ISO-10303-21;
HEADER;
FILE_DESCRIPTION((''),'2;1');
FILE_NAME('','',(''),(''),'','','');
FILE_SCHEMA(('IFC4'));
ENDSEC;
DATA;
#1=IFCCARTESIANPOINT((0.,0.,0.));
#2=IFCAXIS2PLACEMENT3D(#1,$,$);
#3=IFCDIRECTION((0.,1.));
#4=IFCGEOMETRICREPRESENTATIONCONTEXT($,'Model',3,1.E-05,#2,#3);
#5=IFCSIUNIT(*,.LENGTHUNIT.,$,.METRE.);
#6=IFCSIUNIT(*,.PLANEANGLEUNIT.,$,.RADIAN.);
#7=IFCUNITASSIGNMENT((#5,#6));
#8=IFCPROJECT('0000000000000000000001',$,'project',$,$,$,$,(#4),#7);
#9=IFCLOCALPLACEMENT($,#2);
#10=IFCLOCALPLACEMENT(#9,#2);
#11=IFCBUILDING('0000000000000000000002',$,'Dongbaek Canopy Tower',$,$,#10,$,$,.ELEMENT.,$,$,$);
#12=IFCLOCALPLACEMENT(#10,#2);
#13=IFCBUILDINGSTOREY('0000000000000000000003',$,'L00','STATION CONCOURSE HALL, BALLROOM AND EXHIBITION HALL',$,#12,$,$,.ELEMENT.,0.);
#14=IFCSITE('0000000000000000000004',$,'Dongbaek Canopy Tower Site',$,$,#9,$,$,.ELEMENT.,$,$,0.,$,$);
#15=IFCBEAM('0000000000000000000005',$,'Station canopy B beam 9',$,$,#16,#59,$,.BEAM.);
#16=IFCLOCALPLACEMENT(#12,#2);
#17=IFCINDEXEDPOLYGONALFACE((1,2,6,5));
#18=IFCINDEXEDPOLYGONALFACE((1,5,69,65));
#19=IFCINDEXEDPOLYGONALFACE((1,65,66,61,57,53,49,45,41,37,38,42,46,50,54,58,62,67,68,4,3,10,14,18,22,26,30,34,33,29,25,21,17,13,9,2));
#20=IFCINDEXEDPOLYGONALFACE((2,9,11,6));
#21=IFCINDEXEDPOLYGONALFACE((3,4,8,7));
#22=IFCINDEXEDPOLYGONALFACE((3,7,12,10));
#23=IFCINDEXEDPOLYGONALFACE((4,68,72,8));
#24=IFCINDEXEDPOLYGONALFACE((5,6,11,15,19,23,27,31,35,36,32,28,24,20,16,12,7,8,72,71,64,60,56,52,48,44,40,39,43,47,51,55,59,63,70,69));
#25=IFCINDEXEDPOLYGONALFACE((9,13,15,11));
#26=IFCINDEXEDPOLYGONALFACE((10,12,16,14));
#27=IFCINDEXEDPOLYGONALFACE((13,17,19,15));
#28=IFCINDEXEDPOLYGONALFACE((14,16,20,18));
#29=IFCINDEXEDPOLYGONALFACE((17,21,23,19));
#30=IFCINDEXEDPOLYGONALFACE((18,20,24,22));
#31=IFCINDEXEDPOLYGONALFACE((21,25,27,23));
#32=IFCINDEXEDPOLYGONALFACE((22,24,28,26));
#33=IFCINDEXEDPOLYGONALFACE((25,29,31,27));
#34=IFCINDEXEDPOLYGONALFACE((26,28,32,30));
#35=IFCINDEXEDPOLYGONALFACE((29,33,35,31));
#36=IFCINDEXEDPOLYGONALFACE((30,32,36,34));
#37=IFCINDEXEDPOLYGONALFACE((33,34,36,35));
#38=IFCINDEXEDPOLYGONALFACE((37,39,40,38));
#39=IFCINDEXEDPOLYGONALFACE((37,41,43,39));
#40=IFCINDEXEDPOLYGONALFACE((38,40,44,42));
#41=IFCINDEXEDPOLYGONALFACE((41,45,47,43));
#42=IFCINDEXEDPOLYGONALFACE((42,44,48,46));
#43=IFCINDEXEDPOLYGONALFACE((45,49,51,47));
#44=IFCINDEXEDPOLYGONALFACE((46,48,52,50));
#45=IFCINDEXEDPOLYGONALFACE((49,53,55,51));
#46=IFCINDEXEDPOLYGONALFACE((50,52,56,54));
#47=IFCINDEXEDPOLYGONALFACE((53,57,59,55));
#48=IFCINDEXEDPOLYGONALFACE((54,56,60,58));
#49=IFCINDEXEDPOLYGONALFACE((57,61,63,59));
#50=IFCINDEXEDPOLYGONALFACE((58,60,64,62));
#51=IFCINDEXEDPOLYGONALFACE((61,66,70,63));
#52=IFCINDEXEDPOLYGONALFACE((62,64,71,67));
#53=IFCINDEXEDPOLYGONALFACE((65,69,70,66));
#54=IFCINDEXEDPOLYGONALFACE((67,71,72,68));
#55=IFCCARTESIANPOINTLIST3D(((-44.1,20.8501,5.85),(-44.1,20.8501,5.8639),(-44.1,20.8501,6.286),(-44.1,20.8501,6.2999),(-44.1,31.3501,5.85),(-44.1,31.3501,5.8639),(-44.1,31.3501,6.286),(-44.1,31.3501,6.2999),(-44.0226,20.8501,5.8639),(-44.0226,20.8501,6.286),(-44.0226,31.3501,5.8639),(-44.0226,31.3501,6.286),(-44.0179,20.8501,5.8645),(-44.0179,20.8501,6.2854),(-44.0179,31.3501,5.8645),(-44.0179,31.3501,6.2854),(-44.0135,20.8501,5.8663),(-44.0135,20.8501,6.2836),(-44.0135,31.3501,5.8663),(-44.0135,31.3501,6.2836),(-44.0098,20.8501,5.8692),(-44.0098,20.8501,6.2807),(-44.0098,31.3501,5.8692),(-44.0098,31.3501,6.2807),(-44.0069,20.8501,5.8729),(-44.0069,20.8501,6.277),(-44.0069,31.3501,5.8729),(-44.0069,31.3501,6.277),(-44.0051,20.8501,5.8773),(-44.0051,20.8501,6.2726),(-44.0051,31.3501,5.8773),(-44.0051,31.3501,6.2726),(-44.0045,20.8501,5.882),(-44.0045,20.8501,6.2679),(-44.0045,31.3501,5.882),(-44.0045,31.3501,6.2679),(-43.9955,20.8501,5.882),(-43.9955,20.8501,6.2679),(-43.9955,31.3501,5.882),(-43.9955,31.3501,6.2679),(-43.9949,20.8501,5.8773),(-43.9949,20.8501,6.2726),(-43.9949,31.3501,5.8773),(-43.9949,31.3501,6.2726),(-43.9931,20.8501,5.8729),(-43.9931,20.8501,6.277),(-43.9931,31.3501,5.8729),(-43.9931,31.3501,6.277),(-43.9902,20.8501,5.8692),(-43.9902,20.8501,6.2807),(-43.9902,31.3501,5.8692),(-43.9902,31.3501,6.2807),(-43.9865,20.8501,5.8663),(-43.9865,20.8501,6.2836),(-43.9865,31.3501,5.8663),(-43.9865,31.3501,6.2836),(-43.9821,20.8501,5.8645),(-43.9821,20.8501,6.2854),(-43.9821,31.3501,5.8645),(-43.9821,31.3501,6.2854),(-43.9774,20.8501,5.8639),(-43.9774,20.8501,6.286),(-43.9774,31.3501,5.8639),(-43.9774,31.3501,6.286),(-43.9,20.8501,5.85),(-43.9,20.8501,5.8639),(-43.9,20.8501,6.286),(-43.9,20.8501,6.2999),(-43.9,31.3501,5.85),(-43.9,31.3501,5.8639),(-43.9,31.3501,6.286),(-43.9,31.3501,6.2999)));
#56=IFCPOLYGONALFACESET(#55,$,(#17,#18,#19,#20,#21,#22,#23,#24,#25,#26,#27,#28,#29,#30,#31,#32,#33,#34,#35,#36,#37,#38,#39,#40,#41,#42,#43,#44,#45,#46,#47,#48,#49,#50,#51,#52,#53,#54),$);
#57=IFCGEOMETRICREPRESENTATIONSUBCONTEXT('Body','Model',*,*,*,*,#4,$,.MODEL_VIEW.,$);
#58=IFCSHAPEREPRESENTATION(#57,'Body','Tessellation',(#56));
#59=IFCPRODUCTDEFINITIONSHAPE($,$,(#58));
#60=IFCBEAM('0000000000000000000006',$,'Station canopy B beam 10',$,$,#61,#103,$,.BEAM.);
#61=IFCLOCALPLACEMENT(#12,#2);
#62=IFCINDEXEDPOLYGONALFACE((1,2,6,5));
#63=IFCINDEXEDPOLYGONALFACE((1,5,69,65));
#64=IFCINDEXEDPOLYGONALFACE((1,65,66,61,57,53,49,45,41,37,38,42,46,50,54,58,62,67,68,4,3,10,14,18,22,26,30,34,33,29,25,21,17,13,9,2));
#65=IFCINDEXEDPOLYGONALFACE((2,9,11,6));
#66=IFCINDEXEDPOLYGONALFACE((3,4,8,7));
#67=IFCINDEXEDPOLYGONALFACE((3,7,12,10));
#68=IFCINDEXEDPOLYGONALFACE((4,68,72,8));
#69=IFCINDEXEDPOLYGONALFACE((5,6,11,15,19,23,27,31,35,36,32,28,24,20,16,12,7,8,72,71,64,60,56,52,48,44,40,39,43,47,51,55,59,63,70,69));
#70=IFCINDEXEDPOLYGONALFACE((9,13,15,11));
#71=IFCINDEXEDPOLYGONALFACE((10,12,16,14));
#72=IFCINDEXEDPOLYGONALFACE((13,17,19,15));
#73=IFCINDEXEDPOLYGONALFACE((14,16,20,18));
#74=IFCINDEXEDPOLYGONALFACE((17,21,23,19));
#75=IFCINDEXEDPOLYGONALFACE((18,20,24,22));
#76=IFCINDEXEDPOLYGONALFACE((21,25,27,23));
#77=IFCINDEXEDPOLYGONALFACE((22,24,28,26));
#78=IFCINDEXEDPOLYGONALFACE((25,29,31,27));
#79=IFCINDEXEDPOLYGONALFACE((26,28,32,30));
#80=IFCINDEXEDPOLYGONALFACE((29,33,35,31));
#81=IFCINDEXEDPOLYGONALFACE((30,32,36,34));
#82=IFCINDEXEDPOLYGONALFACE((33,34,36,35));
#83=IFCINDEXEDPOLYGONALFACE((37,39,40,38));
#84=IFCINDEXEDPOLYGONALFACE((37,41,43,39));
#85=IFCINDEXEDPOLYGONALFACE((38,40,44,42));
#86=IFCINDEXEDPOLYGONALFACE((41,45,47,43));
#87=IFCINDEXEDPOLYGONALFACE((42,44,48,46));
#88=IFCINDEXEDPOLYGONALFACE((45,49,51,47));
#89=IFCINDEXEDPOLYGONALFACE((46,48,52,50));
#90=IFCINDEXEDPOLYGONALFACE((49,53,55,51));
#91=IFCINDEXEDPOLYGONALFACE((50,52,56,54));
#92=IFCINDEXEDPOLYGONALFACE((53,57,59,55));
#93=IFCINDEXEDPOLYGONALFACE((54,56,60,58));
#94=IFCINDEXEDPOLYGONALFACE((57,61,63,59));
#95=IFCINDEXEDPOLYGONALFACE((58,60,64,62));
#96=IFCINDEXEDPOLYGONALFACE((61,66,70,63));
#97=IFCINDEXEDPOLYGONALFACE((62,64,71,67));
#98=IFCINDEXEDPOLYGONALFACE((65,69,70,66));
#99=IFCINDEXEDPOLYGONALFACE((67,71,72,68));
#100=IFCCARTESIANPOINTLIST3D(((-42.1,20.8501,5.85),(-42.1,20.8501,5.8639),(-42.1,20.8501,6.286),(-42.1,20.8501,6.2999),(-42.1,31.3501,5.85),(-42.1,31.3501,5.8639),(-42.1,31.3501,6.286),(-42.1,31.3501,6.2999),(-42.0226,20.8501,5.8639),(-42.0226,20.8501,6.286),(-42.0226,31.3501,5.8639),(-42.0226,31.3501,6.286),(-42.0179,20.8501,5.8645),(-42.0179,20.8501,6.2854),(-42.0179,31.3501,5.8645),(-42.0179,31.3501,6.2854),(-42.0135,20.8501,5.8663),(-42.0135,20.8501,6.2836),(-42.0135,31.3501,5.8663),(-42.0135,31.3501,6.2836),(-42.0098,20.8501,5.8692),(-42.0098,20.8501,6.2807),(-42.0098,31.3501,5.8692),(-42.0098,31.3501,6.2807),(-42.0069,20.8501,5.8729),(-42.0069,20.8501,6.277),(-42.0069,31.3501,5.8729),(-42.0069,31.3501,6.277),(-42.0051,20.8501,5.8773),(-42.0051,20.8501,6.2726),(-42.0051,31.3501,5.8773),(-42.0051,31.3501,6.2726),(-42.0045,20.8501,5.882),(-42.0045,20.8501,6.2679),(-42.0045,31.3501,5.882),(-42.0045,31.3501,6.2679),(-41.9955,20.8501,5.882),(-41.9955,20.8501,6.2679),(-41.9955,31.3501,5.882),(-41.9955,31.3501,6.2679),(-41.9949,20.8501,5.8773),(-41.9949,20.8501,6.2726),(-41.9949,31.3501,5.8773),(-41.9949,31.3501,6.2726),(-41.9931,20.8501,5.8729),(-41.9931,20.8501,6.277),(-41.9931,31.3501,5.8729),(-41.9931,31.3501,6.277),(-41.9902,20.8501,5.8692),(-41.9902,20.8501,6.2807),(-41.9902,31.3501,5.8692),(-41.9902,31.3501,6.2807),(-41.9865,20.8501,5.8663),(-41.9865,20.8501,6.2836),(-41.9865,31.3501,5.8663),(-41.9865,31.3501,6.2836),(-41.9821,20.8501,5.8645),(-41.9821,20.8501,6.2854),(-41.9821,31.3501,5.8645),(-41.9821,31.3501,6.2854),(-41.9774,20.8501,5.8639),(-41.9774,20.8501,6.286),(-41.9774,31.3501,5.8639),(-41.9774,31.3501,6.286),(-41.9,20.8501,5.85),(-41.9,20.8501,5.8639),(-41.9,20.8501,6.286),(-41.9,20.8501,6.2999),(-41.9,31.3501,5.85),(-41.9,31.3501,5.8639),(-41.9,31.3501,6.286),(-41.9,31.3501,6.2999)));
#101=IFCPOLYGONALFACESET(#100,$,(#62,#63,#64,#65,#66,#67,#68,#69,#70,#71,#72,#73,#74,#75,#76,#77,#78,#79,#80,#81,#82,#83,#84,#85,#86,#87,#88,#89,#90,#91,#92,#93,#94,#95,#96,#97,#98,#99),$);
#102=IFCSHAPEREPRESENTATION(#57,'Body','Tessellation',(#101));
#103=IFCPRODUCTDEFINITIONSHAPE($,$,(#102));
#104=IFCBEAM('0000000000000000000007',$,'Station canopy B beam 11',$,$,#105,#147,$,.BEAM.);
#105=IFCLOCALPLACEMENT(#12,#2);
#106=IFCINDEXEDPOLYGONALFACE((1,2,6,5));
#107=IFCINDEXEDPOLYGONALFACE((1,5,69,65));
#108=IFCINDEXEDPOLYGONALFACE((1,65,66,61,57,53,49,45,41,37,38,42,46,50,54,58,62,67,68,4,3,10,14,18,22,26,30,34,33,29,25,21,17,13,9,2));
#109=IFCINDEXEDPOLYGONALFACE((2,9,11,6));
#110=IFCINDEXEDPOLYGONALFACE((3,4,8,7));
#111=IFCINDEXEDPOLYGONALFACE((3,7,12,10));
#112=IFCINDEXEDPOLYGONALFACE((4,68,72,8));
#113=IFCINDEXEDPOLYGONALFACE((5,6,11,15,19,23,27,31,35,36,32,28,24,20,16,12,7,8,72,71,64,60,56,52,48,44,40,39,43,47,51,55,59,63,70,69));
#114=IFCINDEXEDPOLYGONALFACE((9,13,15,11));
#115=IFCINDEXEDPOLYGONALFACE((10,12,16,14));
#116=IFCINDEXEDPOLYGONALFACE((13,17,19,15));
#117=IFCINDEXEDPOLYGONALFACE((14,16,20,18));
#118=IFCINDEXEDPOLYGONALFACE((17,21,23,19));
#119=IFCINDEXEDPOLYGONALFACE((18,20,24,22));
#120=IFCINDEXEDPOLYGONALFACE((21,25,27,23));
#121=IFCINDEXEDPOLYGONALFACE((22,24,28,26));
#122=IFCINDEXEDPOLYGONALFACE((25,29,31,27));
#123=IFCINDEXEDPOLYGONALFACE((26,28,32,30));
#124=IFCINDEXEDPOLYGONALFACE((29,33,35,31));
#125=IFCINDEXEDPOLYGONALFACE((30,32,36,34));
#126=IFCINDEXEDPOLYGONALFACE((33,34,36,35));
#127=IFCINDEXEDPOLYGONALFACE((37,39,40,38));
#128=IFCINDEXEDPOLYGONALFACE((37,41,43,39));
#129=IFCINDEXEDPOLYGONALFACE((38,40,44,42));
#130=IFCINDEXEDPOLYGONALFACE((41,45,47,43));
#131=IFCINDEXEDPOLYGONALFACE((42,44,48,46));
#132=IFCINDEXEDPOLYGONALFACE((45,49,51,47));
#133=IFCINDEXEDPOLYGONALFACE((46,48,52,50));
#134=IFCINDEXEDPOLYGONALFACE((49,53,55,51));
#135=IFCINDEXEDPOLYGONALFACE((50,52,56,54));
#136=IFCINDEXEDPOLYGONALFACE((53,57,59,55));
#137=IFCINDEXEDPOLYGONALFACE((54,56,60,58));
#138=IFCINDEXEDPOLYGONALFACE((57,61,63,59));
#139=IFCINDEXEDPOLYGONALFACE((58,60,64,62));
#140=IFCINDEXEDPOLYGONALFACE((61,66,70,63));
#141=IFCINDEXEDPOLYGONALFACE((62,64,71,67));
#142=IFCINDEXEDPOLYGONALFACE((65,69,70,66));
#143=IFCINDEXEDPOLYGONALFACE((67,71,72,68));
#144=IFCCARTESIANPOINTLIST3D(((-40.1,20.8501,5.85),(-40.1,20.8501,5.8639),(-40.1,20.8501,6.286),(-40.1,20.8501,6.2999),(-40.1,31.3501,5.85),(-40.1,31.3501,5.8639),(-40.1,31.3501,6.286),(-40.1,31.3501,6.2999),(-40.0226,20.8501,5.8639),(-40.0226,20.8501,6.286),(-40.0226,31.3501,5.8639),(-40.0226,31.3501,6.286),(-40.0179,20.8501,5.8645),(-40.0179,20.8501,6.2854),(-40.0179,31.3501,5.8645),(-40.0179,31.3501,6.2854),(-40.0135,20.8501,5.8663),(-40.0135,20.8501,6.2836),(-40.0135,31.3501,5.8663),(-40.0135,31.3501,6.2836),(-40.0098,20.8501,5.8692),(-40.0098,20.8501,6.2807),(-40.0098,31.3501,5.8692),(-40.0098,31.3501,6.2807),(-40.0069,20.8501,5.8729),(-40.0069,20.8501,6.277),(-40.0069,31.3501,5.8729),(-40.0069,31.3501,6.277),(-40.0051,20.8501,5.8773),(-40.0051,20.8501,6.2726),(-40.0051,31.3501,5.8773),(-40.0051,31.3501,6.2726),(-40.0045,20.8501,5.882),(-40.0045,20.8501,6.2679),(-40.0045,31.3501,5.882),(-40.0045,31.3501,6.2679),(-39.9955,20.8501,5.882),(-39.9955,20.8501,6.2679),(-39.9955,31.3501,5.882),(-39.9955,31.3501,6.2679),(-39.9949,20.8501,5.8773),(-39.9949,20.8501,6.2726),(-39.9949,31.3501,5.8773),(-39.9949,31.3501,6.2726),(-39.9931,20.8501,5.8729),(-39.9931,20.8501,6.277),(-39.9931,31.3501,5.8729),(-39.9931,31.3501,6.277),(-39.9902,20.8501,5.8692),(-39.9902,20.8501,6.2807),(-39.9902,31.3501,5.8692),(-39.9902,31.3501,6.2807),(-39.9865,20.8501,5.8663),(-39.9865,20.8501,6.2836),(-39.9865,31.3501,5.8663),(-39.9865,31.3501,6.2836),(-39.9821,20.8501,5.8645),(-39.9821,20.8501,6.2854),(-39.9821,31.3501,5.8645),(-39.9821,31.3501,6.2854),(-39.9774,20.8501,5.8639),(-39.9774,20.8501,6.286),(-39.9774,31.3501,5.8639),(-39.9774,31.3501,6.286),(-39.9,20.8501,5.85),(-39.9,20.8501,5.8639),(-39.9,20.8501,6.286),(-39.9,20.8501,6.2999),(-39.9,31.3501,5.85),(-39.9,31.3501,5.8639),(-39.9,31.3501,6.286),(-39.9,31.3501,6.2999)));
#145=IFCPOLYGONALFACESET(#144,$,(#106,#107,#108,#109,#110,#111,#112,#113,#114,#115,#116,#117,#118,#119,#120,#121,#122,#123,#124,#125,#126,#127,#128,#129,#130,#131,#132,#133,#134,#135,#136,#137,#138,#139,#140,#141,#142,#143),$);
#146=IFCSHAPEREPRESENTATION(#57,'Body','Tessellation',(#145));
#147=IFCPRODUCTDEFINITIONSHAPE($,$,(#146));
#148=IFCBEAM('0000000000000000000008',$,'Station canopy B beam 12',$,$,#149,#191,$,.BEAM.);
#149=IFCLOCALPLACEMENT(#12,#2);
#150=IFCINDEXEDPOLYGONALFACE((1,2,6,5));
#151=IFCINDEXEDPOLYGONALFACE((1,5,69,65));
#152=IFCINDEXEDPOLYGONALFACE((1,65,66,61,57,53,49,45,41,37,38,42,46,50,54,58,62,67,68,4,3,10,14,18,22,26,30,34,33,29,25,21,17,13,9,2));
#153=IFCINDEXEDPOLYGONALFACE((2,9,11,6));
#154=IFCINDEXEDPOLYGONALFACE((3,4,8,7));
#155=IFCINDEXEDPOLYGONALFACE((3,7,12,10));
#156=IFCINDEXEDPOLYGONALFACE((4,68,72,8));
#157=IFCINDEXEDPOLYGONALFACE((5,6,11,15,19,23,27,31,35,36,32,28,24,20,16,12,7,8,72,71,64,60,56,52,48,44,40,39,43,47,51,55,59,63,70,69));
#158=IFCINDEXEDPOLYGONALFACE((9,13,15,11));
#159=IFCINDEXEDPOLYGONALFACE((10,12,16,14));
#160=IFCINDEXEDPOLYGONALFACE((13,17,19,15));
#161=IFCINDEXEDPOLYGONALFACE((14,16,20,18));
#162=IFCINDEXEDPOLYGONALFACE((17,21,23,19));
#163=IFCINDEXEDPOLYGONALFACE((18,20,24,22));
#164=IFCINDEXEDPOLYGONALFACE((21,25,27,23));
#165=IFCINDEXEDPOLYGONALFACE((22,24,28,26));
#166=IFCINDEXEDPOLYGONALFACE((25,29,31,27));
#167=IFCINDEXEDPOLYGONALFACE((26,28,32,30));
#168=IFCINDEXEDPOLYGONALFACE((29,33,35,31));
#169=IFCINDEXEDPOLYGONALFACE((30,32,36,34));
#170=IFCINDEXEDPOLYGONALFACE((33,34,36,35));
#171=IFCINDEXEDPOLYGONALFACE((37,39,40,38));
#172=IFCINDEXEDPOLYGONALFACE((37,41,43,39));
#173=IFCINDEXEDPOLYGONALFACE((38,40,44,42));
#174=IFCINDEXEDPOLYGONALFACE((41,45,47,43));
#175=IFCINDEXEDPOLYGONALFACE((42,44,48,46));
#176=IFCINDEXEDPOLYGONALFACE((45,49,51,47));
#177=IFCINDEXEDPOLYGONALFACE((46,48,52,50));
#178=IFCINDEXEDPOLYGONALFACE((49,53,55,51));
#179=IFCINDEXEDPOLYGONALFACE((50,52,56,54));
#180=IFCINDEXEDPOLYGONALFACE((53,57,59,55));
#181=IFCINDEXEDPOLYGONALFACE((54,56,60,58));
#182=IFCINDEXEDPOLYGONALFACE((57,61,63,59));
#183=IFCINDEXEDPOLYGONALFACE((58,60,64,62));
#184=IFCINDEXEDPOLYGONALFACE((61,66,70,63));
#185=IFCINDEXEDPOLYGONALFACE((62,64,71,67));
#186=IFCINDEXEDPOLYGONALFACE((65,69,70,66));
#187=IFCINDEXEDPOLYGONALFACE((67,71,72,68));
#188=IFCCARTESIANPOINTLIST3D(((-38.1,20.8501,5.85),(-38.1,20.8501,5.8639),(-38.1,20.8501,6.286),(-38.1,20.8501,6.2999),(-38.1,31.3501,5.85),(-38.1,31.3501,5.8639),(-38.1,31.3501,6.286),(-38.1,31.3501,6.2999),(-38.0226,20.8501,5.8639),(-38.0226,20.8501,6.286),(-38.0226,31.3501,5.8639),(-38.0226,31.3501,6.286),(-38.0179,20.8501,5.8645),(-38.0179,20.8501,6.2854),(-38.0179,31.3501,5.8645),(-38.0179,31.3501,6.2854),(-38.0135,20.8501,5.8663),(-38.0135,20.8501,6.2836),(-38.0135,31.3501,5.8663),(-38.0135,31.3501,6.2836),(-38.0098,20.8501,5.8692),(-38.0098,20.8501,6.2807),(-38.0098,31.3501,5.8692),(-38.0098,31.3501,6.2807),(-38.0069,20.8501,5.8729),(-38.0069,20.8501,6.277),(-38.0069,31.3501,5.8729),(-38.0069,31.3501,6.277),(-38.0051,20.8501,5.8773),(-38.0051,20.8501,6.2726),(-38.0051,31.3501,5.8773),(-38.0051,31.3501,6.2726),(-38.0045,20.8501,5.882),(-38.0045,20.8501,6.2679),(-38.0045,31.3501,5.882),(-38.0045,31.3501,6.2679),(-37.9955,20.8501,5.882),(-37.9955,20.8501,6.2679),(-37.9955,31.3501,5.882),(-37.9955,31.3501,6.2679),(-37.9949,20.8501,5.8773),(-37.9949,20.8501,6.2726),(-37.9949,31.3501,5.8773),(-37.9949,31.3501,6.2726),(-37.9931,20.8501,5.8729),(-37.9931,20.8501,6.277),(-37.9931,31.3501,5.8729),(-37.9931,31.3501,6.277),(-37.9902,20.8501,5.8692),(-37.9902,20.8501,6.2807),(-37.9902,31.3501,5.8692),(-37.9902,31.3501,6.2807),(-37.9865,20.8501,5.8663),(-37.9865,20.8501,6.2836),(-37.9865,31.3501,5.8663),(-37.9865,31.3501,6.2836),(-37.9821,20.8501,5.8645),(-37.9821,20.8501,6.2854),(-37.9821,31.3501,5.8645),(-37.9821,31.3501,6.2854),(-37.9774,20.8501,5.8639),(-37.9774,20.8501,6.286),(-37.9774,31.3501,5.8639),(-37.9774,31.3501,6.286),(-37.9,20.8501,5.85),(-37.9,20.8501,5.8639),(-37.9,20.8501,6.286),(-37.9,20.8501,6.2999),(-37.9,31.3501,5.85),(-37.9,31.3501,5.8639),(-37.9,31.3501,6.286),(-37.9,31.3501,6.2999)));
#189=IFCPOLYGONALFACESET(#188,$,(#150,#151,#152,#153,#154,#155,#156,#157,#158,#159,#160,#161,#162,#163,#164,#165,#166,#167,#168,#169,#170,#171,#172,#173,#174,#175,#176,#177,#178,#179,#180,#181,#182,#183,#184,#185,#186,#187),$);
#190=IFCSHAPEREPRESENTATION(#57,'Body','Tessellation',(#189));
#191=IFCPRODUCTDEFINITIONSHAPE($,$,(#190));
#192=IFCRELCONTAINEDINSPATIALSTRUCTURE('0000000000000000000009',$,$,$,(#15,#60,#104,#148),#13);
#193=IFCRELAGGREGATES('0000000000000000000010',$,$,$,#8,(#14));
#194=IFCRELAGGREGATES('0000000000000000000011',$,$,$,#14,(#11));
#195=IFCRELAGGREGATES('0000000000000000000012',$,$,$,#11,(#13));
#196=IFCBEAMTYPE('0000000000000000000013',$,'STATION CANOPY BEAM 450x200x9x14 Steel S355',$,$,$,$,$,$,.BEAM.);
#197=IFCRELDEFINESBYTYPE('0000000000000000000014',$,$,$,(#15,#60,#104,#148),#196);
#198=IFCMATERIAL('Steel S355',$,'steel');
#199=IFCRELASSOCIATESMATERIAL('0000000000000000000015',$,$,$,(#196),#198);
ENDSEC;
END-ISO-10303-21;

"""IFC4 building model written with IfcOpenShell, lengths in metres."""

from ifc_helpers import new_model, si_unit, direction, frame, origin, origin_2d, place, context, subcontext, project, spatial, i_section, extrude, material, material_profile, profile_set, type_object, element, save


model = new_model("IFC4")

# Units and contexts
model_context = context("Model", 3, precision=1e-05, world=origin(), true_north=direction((0.0, 1.0)))
body_context = subcontext(model_context, "Body", "Model", "MODEL_VIEW")
ifc_project = project(units=[si_unit("LENGTHUNIT", "METRE"), si_unit("PLANEANGLEUNIT", "RADIAN")], contexts=[model_context])

# Site, building, storey
site_placement = place(None, origin())
site = spatial("IfcSite", under=ifc_project, at=site_placement, Name="Dongbaek Canopy Tower Site", CompositionType="ELEMENT", RefElevation=0.0)
building_placement = place(site_placement, origin())
building = spatial("IfcBuilding", under=site, at=building_placement, Name="Dongbaek Canopy Tower", CompositionType="ELEMENT")
storey_placement = place(building_placement, origin())
storey = spatial("IfcBuildingStorey", under=building, at=storey_placement, Name="L00", Description="STATION CONCOURSE HALL, BALLROOM AND EXHIBITION HALL", CompositionType="ELEMENT", Elevation=0.0)

# Beams
ifc_material_1 = material(Name="Steel S355", Category="steel")
ifc_material_profile_1 = material_profile(ifc_material_1, i_section(OverallWidth=0.2, OverallDepth=0.45, WebThickness=0.009, FlangeThickness=0.0139, FilletRadius=0.0181, at=origin_2d()), Name="STATION CANOPY BEAM 450x200x9x14 Steel S355")
ifc_profile_set_1 = profile_set([ifc_material_profile_1], Name="Steel S355")
beam_type_1 = type_object("IfcBeamType", Name="STATION CANOPY BEAM 450x200x9x14 Steel S355", PredefinedType="BEAM", material=ifc_profile_set_1)
for number, where, z_axis, x_axis, name in (
    (1, (-44.0, 20.8501, 6.075), (0.0, 1.0, 0.0), (-1.0, 0.0, 0.0), "Station canopy B beam 9"),
    (2, (-42.0, 20.8501, 6.075), (0.0, 1.0, 0.0), (-1.0, 0.0, 0.0), "Station canopy B beam 10"),
    (3, (-40.0, 20.8501, 6.075), (0.0, 1.0, 0.0), (-1.0, 0.0, 0.0), "Station canopy B beam 11"),
    (4, (-38.0, 20.8501, 6.075), (0.0, 1.0, 0.0), (-1.0, 0.0, 0.0), "Station canopy B beam 12"),
):
    element("IfcBeam", number, at=place(storey_placement, frame(where, z_axis=z_axis, x_axis=x_axis)), inside=storey, type_object=beam_type_1, Name=name, PredefinedType="BEAM", context=body_context, shape_type="SweptSolid", body=[
        extrude(i_section(OverallWidth=0.2, OverallDepth=0.45, WebThickness=0.009, FlangeThickness=0.0139, FilletRadius=0.0181, at=origin_2d()), origin(), (0.0, 0.0, 1.0), 10.5),
    ])

save(model, "model.ifc")
